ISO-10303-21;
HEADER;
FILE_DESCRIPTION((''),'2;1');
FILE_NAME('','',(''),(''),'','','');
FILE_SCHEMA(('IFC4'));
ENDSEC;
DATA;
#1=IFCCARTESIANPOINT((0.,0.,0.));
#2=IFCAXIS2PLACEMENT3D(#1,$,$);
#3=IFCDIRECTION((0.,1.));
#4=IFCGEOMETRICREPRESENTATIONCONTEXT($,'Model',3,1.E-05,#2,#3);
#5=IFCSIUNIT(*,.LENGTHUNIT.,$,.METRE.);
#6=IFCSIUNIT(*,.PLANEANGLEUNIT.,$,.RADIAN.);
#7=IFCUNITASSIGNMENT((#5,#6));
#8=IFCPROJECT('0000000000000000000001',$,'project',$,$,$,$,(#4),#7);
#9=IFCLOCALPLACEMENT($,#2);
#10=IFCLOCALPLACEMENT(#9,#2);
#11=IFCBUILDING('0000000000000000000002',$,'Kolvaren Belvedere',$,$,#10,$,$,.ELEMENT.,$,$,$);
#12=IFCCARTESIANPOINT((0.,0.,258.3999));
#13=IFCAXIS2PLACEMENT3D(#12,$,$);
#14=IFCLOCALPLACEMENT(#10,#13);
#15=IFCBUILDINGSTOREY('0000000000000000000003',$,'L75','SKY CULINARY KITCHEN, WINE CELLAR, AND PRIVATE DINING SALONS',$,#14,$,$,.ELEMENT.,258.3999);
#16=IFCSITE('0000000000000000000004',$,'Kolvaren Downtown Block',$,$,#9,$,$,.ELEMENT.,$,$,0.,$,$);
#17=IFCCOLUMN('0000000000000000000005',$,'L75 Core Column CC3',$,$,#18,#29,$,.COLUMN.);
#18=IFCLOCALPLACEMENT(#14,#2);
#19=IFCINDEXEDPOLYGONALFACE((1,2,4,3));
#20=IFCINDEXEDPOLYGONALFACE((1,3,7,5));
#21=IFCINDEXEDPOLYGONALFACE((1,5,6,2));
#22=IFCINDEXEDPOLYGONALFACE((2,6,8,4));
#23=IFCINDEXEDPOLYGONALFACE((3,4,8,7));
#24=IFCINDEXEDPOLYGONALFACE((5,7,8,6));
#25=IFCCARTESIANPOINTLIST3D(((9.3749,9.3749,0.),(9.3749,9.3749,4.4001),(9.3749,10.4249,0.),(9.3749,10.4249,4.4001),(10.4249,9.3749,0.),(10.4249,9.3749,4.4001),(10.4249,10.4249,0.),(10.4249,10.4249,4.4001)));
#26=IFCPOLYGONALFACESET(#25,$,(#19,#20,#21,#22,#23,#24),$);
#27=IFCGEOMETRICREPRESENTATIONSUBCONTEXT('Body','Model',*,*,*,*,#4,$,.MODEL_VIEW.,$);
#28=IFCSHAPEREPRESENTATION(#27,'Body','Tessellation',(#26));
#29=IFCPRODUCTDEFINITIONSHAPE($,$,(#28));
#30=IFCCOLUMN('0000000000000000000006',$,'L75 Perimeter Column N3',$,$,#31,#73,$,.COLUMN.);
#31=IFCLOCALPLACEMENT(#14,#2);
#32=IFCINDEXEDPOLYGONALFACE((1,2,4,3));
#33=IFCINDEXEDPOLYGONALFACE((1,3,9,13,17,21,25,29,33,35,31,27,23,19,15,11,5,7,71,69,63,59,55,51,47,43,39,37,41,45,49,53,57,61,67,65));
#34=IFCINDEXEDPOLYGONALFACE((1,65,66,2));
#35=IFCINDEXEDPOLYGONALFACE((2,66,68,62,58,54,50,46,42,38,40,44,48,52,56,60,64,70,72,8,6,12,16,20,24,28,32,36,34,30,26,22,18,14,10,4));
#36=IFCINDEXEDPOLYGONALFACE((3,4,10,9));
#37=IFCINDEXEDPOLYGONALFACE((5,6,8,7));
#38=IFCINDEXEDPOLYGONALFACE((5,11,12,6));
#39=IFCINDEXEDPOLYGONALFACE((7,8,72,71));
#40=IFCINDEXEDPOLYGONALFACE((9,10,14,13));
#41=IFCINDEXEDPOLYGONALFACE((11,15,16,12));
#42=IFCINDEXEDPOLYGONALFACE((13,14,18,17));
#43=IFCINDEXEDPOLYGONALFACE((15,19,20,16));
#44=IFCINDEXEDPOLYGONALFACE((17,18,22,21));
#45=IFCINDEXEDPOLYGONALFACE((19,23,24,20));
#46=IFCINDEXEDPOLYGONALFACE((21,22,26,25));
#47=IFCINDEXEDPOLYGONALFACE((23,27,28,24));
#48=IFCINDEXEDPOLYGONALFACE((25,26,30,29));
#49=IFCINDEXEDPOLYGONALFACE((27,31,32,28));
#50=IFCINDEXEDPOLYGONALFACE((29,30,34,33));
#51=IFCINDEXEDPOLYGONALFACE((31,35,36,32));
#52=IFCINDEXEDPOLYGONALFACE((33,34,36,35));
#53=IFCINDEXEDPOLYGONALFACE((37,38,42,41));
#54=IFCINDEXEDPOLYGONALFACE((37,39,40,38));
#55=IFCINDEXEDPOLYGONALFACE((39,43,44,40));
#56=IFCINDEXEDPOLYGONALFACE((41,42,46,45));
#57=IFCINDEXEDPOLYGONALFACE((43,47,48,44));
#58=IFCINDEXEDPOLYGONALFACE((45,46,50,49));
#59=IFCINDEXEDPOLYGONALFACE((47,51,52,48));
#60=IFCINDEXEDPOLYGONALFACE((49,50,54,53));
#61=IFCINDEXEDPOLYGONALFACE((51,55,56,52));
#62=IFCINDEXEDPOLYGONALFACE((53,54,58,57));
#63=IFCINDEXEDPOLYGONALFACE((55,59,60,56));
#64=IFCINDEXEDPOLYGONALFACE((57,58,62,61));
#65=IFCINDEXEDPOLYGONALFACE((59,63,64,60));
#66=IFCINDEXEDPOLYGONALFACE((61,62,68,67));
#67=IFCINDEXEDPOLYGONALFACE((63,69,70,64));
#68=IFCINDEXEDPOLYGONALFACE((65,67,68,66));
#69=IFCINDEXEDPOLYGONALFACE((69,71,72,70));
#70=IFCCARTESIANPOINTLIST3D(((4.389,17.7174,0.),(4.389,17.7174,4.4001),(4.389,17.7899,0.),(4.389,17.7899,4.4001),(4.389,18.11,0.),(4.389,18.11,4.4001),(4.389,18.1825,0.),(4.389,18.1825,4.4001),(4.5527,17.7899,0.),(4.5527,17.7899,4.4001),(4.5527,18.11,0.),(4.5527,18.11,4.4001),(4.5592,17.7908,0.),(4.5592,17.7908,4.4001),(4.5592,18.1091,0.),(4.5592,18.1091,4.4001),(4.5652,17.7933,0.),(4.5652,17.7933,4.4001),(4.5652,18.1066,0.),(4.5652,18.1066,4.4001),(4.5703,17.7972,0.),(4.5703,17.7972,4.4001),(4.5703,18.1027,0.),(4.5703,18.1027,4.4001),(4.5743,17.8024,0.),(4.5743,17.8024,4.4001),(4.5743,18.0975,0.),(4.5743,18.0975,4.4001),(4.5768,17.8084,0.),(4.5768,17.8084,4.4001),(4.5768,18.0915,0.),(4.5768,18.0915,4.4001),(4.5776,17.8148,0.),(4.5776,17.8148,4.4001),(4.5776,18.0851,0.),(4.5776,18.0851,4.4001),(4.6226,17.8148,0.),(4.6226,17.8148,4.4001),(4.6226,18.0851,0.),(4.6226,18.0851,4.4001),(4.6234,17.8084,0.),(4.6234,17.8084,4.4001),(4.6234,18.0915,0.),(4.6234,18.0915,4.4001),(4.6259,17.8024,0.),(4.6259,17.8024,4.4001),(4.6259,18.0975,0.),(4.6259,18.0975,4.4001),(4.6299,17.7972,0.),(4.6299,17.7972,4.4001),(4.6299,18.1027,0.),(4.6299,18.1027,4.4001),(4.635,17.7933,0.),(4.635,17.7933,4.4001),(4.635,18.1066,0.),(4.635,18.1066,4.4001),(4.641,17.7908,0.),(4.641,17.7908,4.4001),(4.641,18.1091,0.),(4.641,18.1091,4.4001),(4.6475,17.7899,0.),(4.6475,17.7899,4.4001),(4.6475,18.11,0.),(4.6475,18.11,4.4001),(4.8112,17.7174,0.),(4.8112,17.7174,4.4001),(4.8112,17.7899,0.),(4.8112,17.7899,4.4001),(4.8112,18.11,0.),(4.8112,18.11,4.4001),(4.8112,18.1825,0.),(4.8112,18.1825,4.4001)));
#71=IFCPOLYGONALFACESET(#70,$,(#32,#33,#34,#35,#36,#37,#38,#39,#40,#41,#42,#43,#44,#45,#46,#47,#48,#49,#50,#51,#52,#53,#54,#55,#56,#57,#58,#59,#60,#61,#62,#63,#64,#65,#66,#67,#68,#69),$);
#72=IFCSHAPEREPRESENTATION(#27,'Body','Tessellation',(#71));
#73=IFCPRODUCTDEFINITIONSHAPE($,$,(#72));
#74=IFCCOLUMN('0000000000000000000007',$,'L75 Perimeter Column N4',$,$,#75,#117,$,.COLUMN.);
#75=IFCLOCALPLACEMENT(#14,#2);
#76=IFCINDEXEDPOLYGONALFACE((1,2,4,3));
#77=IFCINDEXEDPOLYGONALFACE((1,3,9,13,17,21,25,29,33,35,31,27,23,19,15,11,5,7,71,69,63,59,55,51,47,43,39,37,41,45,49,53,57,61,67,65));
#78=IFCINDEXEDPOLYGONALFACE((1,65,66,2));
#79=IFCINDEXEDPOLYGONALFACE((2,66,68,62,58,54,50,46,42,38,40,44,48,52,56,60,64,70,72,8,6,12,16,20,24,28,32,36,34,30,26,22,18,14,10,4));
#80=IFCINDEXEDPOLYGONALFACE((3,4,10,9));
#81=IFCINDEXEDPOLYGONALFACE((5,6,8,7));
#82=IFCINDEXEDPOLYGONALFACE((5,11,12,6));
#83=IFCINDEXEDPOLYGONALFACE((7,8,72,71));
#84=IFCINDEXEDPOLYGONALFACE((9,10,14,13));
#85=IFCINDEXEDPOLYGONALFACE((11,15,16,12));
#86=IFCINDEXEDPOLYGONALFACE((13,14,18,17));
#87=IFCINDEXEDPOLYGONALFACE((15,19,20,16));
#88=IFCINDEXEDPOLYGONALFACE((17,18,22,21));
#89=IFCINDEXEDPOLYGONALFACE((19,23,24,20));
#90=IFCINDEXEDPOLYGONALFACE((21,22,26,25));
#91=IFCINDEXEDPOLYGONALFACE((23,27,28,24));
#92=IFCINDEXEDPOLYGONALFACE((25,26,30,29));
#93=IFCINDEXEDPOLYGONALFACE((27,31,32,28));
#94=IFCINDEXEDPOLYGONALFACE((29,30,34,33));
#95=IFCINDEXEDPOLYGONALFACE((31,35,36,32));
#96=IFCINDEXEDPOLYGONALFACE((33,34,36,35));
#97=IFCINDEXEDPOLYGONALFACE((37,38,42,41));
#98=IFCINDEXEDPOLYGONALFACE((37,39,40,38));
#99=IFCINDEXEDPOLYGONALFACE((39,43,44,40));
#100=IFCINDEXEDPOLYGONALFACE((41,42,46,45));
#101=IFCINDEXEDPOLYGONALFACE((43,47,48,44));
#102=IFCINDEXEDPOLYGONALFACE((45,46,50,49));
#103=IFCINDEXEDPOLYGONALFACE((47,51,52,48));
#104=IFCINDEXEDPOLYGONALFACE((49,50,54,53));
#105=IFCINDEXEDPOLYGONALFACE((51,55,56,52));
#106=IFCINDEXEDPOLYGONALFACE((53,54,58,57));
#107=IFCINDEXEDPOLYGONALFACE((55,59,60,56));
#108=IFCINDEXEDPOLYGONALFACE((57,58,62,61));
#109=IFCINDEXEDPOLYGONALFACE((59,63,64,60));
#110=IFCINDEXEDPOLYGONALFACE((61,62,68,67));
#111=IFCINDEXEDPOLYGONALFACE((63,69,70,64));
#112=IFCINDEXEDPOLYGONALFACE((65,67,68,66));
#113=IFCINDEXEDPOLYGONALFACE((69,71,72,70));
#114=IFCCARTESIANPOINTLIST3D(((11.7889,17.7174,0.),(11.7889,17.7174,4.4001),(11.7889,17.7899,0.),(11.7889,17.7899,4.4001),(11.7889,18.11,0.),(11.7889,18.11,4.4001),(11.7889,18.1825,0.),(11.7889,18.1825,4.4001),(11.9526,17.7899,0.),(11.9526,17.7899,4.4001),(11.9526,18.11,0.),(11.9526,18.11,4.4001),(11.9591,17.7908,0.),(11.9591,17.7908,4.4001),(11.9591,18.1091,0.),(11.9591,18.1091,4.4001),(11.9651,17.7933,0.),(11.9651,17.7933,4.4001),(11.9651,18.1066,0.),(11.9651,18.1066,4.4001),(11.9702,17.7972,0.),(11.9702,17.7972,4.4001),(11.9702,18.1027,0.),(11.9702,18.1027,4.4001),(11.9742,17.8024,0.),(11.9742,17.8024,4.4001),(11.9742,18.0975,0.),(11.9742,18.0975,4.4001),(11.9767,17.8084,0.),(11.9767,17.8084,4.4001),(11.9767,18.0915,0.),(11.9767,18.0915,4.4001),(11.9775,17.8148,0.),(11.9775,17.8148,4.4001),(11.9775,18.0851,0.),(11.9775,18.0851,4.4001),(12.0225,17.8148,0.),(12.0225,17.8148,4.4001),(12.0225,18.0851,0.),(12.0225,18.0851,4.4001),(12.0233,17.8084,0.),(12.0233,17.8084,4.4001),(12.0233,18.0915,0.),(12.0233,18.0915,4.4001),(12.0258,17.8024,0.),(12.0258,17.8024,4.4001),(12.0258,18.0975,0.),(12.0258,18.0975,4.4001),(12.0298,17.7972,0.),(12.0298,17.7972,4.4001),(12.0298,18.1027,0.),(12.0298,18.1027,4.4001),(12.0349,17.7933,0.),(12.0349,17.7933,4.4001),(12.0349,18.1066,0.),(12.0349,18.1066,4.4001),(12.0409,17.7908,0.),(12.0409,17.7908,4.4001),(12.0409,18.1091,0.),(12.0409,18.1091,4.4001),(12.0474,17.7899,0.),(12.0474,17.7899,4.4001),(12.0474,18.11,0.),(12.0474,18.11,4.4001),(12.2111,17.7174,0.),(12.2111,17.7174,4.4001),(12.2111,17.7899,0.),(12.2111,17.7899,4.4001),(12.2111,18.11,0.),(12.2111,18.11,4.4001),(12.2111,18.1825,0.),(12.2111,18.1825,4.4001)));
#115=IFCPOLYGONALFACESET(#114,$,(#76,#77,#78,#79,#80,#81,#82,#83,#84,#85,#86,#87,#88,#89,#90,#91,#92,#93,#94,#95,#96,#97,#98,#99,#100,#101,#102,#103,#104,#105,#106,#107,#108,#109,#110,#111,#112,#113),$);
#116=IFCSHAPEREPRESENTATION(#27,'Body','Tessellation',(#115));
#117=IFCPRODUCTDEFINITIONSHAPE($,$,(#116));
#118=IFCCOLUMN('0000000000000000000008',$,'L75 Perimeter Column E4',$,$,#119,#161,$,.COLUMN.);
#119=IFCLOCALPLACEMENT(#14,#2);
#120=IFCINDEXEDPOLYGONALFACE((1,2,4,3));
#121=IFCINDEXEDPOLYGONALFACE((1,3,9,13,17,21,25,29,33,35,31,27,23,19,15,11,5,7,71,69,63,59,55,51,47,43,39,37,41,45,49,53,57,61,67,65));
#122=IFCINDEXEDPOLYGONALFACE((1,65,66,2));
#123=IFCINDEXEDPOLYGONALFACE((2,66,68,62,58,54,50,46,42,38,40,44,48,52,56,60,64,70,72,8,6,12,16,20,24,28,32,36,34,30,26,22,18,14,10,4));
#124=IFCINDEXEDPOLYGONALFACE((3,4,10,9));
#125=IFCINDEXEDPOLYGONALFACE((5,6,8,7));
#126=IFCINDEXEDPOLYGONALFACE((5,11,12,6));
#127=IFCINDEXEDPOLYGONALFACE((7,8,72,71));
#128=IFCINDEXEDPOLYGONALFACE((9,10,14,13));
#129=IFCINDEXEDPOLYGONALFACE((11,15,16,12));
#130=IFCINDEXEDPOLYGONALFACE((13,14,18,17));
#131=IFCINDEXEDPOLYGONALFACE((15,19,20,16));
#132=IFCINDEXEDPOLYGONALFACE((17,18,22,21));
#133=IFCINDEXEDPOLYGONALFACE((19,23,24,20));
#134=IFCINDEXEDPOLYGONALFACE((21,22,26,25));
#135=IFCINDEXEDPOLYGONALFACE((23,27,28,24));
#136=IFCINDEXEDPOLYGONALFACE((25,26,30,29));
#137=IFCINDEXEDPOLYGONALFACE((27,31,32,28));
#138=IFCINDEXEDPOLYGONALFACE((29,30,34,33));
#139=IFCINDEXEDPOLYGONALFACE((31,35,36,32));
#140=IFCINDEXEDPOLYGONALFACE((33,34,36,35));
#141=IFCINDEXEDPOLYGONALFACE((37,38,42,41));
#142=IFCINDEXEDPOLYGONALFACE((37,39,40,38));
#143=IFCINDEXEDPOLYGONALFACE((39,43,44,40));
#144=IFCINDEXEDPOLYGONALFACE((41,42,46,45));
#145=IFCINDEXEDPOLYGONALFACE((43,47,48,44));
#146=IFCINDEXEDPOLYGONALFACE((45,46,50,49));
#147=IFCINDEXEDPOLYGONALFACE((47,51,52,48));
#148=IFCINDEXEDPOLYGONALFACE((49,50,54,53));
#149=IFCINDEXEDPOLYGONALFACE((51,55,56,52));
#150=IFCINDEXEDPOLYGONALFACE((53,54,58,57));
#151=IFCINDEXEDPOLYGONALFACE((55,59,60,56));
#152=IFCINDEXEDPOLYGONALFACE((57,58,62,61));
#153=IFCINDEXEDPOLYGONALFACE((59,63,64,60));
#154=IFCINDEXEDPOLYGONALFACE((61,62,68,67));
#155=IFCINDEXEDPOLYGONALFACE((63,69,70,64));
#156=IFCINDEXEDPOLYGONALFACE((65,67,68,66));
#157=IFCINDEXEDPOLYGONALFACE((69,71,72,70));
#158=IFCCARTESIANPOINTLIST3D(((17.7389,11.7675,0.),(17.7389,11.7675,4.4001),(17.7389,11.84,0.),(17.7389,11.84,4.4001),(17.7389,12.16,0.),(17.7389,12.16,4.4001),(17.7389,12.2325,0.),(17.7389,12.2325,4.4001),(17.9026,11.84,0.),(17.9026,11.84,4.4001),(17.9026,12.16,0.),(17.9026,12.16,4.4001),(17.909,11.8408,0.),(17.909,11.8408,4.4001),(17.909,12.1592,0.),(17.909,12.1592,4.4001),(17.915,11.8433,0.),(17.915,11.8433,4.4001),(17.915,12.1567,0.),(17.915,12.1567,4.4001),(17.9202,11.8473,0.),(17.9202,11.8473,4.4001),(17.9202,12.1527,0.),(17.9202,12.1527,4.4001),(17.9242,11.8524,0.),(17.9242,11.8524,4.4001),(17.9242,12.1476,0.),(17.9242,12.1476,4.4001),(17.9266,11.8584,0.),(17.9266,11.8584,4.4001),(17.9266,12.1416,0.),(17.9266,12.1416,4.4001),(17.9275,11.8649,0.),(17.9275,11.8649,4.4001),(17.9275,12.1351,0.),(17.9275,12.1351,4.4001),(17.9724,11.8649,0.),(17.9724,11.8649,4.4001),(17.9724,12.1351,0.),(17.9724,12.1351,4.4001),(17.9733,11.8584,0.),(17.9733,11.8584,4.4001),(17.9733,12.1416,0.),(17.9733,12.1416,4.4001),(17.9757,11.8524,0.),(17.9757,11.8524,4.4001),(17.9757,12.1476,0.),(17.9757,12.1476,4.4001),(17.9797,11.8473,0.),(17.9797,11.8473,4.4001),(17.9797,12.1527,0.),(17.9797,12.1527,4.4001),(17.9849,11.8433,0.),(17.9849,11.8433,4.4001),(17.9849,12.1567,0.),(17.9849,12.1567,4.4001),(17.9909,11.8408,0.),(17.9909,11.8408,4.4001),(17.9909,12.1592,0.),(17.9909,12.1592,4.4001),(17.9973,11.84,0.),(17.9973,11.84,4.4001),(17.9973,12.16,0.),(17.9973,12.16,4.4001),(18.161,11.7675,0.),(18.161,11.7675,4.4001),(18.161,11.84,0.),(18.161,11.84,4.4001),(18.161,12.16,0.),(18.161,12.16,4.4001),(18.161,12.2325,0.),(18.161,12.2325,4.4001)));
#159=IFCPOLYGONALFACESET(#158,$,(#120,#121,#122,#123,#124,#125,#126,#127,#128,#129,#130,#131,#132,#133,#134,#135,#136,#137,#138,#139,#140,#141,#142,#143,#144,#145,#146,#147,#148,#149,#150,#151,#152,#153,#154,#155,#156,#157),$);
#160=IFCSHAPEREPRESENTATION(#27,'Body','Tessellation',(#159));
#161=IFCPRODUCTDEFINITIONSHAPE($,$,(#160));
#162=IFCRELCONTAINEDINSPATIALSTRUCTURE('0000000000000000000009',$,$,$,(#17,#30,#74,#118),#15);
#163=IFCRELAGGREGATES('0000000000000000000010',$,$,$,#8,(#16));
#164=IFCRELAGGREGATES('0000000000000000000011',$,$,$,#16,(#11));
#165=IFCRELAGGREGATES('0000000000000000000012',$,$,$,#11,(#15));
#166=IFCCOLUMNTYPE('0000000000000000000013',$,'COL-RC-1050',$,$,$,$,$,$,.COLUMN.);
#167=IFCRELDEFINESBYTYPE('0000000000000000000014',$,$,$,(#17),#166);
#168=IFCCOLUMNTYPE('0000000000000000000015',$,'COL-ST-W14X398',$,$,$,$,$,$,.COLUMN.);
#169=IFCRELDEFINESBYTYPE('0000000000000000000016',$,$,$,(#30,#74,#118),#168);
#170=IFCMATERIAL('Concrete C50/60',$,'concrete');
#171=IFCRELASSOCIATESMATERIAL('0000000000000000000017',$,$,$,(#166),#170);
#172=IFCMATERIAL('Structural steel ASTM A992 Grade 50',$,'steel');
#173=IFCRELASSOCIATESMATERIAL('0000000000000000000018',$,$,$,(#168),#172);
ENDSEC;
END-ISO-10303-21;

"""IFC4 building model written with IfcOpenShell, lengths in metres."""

from ifc_helpers import new_model, si_unit, direction, frame, origin, origin_2d, place, context, subcontext, project, spatial, rectangle, i_section, extrude, material, material_profile, profile_set, type_object, element, save


model = new_model("IFC4")

# Units and contexts
model_context = context("Model", 3, precision=1e-05, world=origin(), true_north=direction((0.0, 1.0)))
body_context = subcontext(model_context, "Body", "Model", "MODEL_VIEW")
ifc_project = project(units=[si_unit("LENGTHUNIT", "METRE"), si_unit("PLANEANGLEUNIT", "RADIAN")], contexts=[model_context])

# Site, building, storey
site_placement = place(None, origin())
site = spatial("IfcSite", under=ifc_project, at=site_placement, Name="Kolvaren Downtown Block", CompositionType="ELEMENT", RefElevation=0.0)
building_placement = place(site_placement, origin())
building = spatial("IfcBuilding", under=site, at=building_placement, Name="Kolvaren Belvedere", CompositionType="ELEMENT")
storey_placement = place(building_placement, frame((0.0, 0.0, 258.3999)))
storey = spatial("IfcBuildingStorey", under=building, at=storey_placement, Name="L75", Description="SKY CULINARY KITCHEN, WINE CELLAR, AND PRIVATE DINING SALONS", CompositionType="ELEMENT", Elevation=258.3999)

# Columns
ifc_material_1 = material(Name="Concrete C50/60", Category="concrete")
ifc_material_profile_1 = material_profile(ifc_material_1, rectangle(XDim=1.05, YDim=1.05, at=origin_2d()), Name="RC 1050X1050")
ifc_profile_set_1 = profile_set([ifc_material_profile_1], Name="Concrete C50/60")
column_type_1 = type_object("IfcColumnType", Name="COL-RC-1050", PredefinedType="COLUMN", material=ifc_profile_set_1)
column_placement = place(storey_placement, frame((9.8999, 9.8999, 0.0), z_axis=(0.0, 0.0, 1.0), x_axis=(1.0, 0.0, 0.0)))
element("IfcColumn", 1, at=column_placement, inside=storey, type_object=column_type_1, Name="L75 Core Column CC3", PredefinedType="COLUMN", context=body_context, shape_type="SweptSolid", body=[
    extrude(rectangle(XDim=1.05, YDim=1.05, at=origin_2d()), origin(), (0.0, 0.0, 1.0), 4.4001),
])
ifc_material_2 = material(Name="Structural steel ASTM A992 Grade 50", Category="steel")
ifc_material_profile_2 = material_profile(ifc_material_2, i_section(OverallWidth=0.4221, OverallDepth=0.4651, WebThickness=0.0449, FlangeThickness=0.0725, FilletRadius=0.0249, at=origin_2d()), Name="W14X398")
ifc_profile_set_2 = profile_set([ifc_material_profile_2], Name="Structural steel ASTM A992 Grade 50")
column_type_2 = type_object("IfcColumnType", Name="COL-ST-W14X398", PredefinedType="COLUMN", material=ifc_profile_set_2)
for number, where, z_axis, x_axis, name in (
    (2, (4.6001, 17.95, 0.0), (0.0, 0.0, 1.0), (1.0, 0.0, 0.0), "L75 Perimeter Column N3"),
    (3, (12.0, 17.95, 0.0), (0.0, 0.0, 1.0), (1.0, 0.0, 0.0), "L75 Perimeter Column N4"),
    (4, (17.95, 12.0, 0.0), (0.0, 0.0, 1.0), (1.0, 0.0, 0.0), "L75 Perimeter Column E4"),
):
    element("IfcColumn", number, at=place(storey_placement, frame(where, z_axis=z_axis, x_axis=x_axis)), inside=storey, type_object=column_type_2, Name=name, PredefinedType="COLUMN", context=body_context, shape_type="SweptSolid", body=[
        extrude(i_section(OverallWidth=0.4221, OverallDepth=0.4651, WebThickness=0.0449, FlangeThickness=0.0725, FilletRadius=0.0249, at=origin_2d()), origin(), (0.0, 0.0, 1.0), 4.4001),
    ])

save(model, "model.ifc")
